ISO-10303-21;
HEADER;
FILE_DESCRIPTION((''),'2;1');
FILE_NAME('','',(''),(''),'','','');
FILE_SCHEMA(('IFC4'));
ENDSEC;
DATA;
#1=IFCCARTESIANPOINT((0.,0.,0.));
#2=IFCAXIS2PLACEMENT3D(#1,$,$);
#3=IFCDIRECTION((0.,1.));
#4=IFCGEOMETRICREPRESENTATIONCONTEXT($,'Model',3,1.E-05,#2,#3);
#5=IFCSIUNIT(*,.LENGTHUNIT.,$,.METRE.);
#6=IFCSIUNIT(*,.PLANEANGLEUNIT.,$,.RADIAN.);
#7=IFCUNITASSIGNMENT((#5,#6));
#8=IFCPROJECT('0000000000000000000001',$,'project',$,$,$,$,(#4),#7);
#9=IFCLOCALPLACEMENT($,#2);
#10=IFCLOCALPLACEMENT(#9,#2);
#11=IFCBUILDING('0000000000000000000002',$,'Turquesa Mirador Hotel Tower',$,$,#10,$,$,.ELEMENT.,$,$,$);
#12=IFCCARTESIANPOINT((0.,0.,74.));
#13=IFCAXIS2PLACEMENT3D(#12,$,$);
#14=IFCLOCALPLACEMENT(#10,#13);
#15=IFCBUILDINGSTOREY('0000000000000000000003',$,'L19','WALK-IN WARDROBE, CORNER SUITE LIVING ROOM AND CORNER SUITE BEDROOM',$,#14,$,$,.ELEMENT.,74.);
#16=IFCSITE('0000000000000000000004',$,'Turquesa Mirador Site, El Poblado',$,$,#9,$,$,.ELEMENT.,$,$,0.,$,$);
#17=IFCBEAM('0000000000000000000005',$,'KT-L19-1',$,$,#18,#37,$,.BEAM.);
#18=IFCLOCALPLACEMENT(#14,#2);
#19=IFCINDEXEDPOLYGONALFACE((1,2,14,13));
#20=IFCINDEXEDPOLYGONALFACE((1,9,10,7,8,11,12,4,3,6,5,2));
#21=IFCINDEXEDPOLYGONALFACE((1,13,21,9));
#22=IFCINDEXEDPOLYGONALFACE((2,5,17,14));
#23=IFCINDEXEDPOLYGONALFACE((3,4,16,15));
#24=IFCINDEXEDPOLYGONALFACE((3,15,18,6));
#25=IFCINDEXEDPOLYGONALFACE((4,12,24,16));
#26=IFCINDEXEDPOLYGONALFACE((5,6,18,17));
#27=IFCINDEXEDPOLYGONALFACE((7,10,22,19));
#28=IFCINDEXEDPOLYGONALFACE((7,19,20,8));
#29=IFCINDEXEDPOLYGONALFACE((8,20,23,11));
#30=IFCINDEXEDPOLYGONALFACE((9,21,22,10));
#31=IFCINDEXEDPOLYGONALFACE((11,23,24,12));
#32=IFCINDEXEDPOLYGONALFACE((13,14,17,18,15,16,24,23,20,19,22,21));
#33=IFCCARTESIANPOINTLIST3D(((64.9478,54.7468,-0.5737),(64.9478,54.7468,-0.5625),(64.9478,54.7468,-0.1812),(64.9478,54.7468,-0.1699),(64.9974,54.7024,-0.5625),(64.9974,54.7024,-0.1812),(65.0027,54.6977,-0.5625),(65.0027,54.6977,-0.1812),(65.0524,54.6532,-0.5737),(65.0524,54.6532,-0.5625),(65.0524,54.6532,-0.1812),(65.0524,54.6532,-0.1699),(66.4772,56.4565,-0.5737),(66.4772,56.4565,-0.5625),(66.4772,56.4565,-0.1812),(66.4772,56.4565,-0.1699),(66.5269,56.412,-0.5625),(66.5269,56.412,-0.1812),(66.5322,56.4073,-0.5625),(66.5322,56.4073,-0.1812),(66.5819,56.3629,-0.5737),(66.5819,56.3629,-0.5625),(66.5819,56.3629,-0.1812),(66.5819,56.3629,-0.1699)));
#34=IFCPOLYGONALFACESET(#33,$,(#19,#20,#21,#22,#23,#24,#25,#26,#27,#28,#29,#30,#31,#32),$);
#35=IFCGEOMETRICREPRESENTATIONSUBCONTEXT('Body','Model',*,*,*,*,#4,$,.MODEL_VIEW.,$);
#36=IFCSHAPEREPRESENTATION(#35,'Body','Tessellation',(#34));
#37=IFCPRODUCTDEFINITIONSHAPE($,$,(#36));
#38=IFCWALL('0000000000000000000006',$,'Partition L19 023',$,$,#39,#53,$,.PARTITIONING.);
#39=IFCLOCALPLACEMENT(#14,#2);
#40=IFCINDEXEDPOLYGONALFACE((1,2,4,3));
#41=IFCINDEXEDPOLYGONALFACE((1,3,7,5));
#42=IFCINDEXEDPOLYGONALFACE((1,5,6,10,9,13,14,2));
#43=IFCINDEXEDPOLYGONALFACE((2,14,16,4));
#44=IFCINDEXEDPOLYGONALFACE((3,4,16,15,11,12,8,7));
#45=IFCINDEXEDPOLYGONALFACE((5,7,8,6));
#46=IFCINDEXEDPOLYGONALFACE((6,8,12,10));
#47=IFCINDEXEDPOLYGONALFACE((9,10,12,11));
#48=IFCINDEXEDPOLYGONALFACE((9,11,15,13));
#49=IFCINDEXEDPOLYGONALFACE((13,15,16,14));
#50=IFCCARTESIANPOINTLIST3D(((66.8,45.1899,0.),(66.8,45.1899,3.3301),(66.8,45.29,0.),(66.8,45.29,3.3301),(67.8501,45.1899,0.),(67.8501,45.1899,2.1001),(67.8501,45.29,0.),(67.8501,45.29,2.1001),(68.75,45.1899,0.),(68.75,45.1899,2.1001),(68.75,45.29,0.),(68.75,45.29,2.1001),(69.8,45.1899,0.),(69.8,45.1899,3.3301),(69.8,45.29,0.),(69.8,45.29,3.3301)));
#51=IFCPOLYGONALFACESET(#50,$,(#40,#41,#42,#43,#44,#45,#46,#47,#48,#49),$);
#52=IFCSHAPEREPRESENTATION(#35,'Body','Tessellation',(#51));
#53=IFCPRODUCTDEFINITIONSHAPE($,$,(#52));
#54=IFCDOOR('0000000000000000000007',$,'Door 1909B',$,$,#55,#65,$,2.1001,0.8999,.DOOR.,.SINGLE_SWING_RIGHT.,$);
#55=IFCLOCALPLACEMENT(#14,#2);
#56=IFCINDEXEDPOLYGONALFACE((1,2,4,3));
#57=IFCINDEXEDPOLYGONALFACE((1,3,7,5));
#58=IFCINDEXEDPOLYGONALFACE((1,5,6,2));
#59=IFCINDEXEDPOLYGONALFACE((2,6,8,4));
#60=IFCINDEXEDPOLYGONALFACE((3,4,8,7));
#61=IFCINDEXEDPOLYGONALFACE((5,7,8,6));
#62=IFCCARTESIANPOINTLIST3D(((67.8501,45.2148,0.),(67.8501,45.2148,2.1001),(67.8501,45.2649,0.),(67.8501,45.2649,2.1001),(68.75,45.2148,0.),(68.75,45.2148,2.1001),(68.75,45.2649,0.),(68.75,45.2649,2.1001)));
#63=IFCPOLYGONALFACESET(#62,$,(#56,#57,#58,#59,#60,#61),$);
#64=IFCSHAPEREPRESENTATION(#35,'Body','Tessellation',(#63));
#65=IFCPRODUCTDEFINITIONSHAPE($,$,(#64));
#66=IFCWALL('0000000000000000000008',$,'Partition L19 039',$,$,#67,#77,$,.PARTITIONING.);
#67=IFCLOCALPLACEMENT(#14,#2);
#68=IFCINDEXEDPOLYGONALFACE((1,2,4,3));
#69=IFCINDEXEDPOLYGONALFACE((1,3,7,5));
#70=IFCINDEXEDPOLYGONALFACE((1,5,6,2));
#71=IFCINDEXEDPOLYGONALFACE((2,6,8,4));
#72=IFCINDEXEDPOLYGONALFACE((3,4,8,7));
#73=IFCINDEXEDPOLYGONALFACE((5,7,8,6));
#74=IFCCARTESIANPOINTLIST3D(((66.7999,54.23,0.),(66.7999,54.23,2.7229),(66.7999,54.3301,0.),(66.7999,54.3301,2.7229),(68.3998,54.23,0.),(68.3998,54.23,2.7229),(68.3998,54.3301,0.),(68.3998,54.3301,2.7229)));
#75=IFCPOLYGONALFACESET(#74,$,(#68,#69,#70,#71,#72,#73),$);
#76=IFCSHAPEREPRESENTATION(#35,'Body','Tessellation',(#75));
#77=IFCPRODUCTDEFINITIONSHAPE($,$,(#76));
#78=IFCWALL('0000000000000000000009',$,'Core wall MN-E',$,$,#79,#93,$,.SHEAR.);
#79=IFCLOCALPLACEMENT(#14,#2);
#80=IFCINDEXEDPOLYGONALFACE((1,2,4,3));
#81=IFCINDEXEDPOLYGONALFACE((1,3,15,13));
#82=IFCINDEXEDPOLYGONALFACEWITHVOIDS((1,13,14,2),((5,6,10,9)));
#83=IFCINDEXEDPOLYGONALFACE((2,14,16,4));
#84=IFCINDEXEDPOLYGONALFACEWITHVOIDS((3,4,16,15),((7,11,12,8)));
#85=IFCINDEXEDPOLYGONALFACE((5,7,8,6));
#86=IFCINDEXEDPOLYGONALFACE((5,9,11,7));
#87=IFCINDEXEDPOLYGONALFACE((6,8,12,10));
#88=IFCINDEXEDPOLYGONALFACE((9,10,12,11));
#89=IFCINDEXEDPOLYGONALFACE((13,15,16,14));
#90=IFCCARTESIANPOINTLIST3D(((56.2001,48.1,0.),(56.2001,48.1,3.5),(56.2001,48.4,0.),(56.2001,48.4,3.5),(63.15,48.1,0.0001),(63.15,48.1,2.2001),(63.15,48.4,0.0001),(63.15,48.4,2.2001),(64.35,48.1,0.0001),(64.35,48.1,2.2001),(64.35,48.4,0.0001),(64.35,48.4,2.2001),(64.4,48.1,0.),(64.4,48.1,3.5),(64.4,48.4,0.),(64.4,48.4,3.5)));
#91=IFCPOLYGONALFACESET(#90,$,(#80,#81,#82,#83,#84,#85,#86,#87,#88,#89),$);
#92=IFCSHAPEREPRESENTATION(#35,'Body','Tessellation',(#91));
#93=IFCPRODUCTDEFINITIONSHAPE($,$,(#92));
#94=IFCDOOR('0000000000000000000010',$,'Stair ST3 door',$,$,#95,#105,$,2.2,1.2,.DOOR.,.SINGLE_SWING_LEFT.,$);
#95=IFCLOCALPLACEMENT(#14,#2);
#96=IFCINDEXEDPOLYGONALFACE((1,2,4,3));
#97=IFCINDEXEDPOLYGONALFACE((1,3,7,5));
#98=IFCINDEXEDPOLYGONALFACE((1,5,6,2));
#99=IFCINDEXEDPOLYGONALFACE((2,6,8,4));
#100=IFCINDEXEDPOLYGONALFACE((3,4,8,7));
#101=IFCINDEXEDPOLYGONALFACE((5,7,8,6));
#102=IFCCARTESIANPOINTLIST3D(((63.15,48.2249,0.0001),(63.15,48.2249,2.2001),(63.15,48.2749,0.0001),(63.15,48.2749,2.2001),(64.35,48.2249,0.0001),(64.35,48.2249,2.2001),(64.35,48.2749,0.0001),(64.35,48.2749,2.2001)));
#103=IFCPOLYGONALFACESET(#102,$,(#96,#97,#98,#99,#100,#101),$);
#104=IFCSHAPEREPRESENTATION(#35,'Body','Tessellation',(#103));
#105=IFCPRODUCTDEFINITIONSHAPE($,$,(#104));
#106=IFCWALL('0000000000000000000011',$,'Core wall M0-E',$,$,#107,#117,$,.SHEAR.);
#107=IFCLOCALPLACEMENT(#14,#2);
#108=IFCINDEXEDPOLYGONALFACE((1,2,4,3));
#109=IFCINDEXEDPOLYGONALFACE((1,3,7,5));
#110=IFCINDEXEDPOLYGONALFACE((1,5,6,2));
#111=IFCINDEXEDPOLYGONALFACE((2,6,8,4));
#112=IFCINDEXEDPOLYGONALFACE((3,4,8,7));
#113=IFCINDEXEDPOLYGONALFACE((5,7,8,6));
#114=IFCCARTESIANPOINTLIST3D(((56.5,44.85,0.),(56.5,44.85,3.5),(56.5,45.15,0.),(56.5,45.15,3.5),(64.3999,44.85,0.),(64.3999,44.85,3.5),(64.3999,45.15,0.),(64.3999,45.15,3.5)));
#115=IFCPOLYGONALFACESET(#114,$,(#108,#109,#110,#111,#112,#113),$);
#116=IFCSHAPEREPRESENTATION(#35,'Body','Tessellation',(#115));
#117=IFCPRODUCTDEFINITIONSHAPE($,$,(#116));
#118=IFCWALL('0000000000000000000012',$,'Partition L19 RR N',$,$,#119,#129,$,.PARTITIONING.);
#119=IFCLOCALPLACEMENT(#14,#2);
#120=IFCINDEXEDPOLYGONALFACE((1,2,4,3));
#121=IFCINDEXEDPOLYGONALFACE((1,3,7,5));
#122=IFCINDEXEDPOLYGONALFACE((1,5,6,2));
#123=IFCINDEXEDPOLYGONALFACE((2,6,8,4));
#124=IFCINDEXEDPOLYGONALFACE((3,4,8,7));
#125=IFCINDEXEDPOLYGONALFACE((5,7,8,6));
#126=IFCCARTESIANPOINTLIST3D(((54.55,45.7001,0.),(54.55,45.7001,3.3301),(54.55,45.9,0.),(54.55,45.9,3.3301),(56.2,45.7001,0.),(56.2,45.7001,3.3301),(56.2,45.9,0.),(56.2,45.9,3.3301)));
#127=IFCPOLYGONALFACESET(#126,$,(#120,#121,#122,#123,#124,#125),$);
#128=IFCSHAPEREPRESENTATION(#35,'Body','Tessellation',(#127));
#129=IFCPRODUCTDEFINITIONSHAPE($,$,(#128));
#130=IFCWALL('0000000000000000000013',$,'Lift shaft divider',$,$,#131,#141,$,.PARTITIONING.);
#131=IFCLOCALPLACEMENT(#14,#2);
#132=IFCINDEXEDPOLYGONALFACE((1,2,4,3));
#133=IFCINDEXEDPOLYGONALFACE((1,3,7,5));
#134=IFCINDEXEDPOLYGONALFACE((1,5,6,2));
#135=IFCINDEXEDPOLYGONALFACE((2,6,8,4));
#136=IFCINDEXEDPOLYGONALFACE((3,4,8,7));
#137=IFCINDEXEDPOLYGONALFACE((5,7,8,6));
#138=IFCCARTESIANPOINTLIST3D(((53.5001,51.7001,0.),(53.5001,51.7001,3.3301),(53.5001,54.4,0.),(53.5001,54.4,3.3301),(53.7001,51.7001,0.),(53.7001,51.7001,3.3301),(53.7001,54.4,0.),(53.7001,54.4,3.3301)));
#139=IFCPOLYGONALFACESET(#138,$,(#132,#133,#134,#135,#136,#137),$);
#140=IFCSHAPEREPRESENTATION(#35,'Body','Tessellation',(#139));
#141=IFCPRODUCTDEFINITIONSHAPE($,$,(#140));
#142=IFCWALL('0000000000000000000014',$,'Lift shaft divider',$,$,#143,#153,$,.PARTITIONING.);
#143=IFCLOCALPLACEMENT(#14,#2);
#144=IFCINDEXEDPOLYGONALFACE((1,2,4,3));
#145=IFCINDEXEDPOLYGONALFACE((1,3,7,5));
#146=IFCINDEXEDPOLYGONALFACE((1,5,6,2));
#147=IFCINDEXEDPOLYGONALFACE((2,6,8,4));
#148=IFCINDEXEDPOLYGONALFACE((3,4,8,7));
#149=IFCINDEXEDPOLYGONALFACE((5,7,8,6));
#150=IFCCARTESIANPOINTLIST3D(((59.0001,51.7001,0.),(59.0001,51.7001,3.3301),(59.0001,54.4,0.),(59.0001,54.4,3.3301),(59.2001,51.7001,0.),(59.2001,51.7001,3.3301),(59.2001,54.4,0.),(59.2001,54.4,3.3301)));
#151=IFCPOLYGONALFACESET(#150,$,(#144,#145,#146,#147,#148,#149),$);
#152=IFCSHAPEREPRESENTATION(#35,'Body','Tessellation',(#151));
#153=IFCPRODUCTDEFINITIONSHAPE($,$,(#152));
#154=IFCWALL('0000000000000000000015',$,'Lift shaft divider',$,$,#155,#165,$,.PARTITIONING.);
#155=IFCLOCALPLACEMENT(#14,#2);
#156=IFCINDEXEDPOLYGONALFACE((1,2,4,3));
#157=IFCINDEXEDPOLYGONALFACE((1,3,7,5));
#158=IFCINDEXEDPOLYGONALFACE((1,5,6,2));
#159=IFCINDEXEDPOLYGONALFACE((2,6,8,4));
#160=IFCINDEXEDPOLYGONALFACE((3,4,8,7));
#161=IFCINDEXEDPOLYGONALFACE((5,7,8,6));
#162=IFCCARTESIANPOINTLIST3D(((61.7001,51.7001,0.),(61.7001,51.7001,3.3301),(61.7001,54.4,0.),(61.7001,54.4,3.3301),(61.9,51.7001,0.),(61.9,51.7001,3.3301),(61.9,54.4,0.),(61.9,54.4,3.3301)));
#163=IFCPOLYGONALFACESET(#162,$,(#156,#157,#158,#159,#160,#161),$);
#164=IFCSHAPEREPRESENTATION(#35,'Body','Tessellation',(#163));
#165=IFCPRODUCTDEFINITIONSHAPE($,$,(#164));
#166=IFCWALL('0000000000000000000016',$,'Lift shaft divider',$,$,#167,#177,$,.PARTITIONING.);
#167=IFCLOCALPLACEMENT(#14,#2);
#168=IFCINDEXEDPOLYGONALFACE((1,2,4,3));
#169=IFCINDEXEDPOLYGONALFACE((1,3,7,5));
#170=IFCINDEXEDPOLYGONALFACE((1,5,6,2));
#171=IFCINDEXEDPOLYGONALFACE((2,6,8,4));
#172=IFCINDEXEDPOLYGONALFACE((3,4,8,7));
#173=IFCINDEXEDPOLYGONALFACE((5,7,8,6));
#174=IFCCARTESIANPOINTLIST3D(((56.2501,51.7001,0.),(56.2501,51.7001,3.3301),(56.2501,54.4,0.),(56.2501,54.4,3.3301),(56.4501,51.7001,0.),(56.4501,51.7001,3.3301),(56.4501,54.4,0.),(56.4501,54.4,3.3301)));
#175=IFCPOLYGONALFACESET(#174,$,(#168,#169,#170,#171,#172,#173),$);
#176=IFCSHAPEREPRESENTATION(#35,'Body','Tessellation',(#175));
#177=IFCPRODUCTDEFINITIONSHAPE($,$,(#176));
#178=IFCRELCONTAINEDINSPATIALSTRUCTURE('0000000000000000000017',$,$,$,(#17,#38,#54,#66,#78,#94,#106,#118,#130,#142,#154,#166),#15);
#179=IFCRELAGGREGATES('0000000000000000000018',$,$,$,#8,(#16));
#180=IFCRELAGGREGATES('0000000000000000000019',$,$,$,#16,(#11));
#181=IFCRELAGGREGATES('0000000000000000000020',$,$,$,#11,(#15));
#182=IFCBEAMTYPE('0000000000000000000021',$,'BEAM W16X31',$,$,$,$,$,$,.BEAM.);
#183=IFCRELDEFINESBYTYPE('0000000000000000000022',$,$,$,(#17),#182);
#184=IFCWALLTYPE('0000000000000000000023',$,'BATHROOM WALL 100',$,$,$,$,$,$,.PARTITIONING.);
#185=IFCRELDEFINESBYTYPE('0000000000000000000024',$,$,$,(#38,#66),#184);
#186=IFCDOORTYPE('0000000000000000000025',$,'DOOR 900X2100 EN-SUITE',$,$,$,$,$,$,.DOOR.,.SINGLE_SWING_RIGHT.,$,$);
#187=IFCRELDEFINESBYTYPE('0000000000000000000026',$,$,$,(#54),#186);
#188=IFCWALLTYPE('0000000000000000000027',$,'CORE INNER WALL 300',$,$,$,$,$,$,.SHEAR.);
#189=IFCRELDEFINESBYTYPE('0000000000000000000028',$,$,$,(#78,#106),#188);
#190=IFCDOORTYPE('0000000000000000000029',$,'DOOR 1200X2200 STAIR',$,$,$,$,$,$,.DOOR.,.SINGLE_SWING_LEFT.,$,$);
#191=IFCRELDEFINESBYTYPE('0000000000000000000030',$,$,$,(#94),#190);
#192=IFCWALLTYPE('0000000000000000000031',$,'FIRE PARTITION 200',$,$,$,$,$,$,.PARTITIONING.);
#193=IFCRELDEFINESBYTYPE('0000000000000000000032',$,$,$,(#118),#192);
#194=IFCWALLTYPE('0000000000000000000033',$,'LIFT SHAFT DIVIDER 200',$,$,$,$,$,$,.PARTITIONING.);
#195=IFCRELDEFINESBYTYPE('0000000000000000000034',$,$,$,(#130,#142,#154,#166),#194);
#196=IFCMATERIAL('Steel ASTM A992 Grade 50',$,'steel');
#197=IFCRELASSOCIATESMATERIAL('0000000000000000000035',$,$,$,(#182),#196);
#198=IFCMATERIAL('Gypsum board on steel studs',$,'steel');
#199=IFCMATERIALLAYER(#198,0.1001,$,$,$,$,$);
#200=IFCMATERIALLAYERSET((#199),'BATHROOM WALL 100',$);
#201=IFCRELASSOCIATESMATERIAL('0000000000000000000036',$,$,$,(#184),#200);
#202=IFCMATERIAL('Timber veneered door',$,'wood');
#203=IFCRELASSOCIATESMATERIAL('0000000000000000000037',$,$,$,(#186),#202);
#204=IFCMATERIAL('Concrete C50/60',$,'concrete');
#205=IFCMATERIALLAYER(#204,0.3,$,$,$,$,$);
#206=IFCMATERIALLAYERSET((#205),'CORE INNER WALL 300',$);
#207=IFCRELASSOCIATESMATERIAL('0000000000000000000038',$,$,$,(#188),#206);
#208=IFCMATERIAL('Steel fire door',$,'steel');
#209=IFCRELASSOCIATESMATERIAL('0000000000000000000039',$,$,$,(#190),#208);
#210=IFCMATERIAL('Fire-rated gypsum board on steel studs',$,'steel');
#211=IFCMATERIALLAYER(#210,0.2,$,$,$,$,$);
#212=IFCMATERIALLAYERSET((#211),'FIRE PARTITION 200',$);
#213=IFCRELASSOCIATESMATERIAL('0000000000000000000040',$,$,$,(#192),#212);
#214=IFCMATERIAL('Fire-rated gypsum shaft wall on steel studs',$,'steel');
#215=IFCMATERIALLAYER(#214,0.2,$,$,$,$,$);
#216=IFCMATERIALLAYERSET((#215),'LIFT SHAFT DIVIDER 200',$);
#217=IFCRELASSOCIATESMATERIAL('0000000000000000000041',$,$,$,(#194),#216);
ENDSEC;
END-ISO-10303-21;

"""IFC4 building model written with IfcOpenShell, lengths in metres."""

from ifc_helpers import new_model, si_unit, direction, frame, frame_2d, origin, origin_2d, place, context, subcontext, project, spatial, rectangle, i_section, extrude, material, layer, layer_set, material_profile, profile_set, type_object, element, fill, save


model = new_model("IFC4")

# Units and contexts
model_context = context("Model", 3, precision=1e-05, world=origin(), true_north=direction((0.0, 1.0)))
body_context = subcontext(model_context, "Body", "Model", "MODEL_VIEW")
ifc_project = project(units=[si_unit("LENGTHUNIT", "METRE"), si_unit("PLANEANGLEUNIT", "RADIAN")], contexts=[model_context])

# Site, building, storey
site_placement = place(None, origin())
site = spatial("IfcSite", under=ifc_project, at=site_placement, Name="Turquesa Mirador Site, El Poblado", CompositionType="ELEMENT", RefElevation=0.0)
building_placement = place(site_placement, origin())
building = spatial("IfcBuilding", under=site, at=building_placement, Name="Turquesa Mirador Hotel Tower", CompositionType="ELEMENT")
storey_placement = place(building_placement, frame((0.0, 0.0, 74.0)))
storey = spatial("IfcBuildingStorey", under=building, at=storey_placement, Name="L19", Description="WALK-IN WARDROBE, CORNER SUITE LIVING ROOM AND CORNER SUITE BEDROOM", CompositionType="ELEMENT", Elevation=74.0)

# Beam
ifc_material_1 = material(Name="Steel ASTM A992 Grade 50", Category="steel")
ifc_material_profile = material_profile(ifc_material_1, i_section(OverallWidth=0.1404, OverallDepth=0.4038, WebThickness=0.0071, FlangeThickness=0.0112, at=origin_2d()), Name="W16X31")
ifc_profile_set = profile_set([ifc_material_profile], Name="Steel ASTM A992 Grade 50")
beam_type = type_object("IfcBeamType", Name="BEAM W16X31", PredefinedType="BEAM", material=ifc_profile_set)
beam_placement = place(storey_placement, frame((66.5295, 56.4097, -0.3718), z_axis=(-0.666745, -0.745286, 0.0), x_axis=(0.745286, -0.666745, 0.0)))
element("IfcBeam", 1, at=beam_placement, inside=storey, type_object=beam_type, Name="KT-L19-1", PredefinedType="BEAM", context=body_context, shape_type="SweptSolid", body=[
    extrude(i_section(OverallWidth=0.1404, OverallDepth=0.4038, WebThickness=0.0071, FlangeThickness=0.0112, at=origin_2d()), origin(), (0.0, 0.0, 1.0), 2.2939),
])

# Wall, opening, door
ifc_material_2 = material(Name="Gypsum board on steel studs", Category="steel")
ifc_layer_1 = layer(ifc_material_2, 0.1001)
ifc_layer_set_1 = layer_set([ifc_layer_1], Name="BATHROOM WALL 100")
wall_type_1 = type_object("IfcWallType", Name="BATHROOM WALL 100", PredefinedType="PARTITIONING", material=ifc_layer_set_1)
wall_1_placement = place(storey_placement, frame((66.8, 45.24, 0.0), z_axis=(0.0, 0.0, 1.0), x_axis=(1.0, 0.0, 0.0)))
wall_1 = element("IfcWall", 2, at=wall_1_placement, inside=storey, type_object=wall_type_1, Name="Partition L19 023", PredefinedType="PARTITIONING", context=body_context, shape_type="SweptSolid", body=[
    extrude(rectangle(XDim=3.0, YDim=0.1001, at=frame_2d((1.5, 0.0))), origin(), (0.0, 0.0, 1.0), 3.3301),
])
opening_1_placement = place(wall_1_placement, frame((1.05, 0.0, 0.0)))
opening_1 = element("IfcOpeningElement", 3, at=opening_1_placement, cuts=wall_1, PredefinedType="OPENING", context=body_context, shape_type="SweptSolid", body=[
    extrude(rectangle(XDim=0.8999, YDim=2.1001, at=frame_2d((0.45, 1.05))), frame((0.0, 0.0601, 0.0), z_axis=(0.0, -1.0, 0.0), x_axis=(1.0, 0.0, 0.0)), (0.0, 0.0, 1.0), 0.1201),
])
ifc_material_3 = material(Name="Timber veneered door", Category="wood")
door_type_1 = type_object("IfcDoorType", Name="DOOR 900X2100 EN-SUITE", OperationType="SINGLE_SWING_RIGHT", PredefinedType="DOOR", material=ifc_material_3)
door_1_placement = place(opening_1_placement, origin())
door_1 = element("IfcDoor", 4, at=door_1_placement, inside=storey, type_object=door_type_1, Name="Door 1909B", OperationType="SINGLE_SWING_RIGHT", OverallHeight=2.1001, OverallWidth=0.8999, PredefinedType="DOOR", context=body_context, shape_type="SweptSolid", body=[
    extrude(rectangle(XDim=0.8999, YDim=2.1001, at=frame_2d((0.45, 1.05))), frame((0.0, 0.0249, 0.0), z_axis=(0.0, -1.0, 0.0), x_axis=(1.0, 0.0, 0.0)), (0.0, 0.0, 1.0), 0.05),
])
fill(opening_1, door_1)

# Wall
wall_2_placement = place(storey_placement, frame((66.8, 54.28, 0.0), z_axis=(0.0, 0.0, 1.0), x_axis=(1.0, 0.0, 0.0)))
element("IfcWall", 5, at=wall_2_placement, inside=storey, type_object=wall_type_1, Name="Partition L19 039", PredefinedType="PARTITIONING", context=body_context, shape_type="SweptSolid", body=[
    extrude(rectangle(XDim=1.5999, YDim=0.1001, at=frame_2d((0.7998, 0.0))), origin(), (0.0, 0.0, 1.0), 2.7229),
])

# Wall, opening, door
ifc_material_4 = material(Name="Concrete C50/60", Category="concrete")
ifc_layer_2 = layer(ifc_material_4, 0.3)
ifc_layer_set_2 = layer_set([ifc_layer_2], Name="CORE INNER WALL 300")
wall_type_2 = type_object("IfcWallType", Name="CORE INNER WALL 300", PredefinedType="SHEAR", material=ifc_layer_set_2)
wall_3_placement = place(storey_placement, frame((56.2, 48.25, 0.0), z_axis=(0.0, 0.0, 1.0), x_axis=(1.0, 0.0, 0.0)))
wall_3 = element("IfcWall", 6, at=wall_3_placement, inside=storey, type_object=wall_type_2, Name="Core wall MN-E", PredefinedType="SHEAR", context=body_context, shape_type="SweptSolid", body=[
    extrude(rectangle(XDim=8.2, YDim=0.3, at=frame_2d((4.1001, 0.0))), origin(), (0.0, 0.0, 1.0), 3.5),
])
opening_2_placement = place(wall_3_placement, frame((6.95, 0.0, 0.0)))
opening_2 = element("IfcOpeningElement", 7, at=opening_2_placement, cuts=wall_3, PredefinedType="OPENING", context=body_context, shape_type="SweptSolid", body=[
    extrude(rectangle(XDim=1.2, YDim=2.2, at=frame_2d((0.6001, 1.1001))), frame((0.0, 0.1599, 0.0), z_axis=(0.0, -1.0, 0.0), x_axis=(1.0, 0.0, 0.0)), (0.0, 0.0, 1.0), 0.3201),
])
ifc_material_5 = material(Name="Steel fire door", Category="steel")
door_type_2 = type_object("IfcDoorType", Name="DOOR 1200X2200 STAIR", OperationType="SINGLE_SWING_LEFT", PredefinedType="DOOR", material=ifc_material_5)
door_2_placement = place(opening_2_placement, origin())
door_2 = element("IfcDoor", 8, at=door_2_placement, inside=storey, type_object=door_type_2, Name="Stair ST3 door", OperationType="SINGLE_SWING_LEFT", OverallHeight=2.2, OverallWidth=1.2, PredefinedType="DOOR", context=body_context, shape_type="SweptSolid", body=[
    extrude(rectangle(XDim=1.2, YDim=2.2, at=frame_2d((0.6001, 1.1001))), frame((0.0, 0.0249, 0.0), z_axis=(0.0, -1.0, 0.0), x_axis=(1.0, 0.0, 0.0)), (0.0, 0.0, 1.0), 0.05),
])
fill(opening_2, door_2)

# Walls
wall_4_placement = place(storey_placement, frame((56.5, 45.0, 0.0), z_axis=(0.0, 0.0, 1.0), x_axis=(1.0, 0.0, 0.0)))
element("IfcWall", 9, at=wall_4_placement, inside=storey, type_object=wall_type_2, Name="Core wall M0-E", PredefinedType="SHEAR", context=body_context, shape_type="SweptSolid", body=[
    extrude(rectangle(XDim=7.8999, YDim=0.3, at=frame_2d((3.95, 0.0))), origin(), (0.0, 0.0, 1.0), 3.5),
])
ifc_material_6 = material(Name="Fire-rated gypsum board on steel studs", Category="steel")
ifc_layer_3 = layer(ifc_material_6, 0.2)
ifc_layer_set_3 = layer_set([ifc_layer_3], Name="FIRE PARTITION 200")
wall_type_3 = type_object("IfcWallType", Name="FIRE PARTITION 200", PredefinedType="PARTITIONING", material=ifc_layer_set_3)
wall_5_placement = place(storey_placement, frame((54.55, 45.8, 0.0), z_axis=(0.0, 0.0, 1.0), x_axis=(1.0, 0.0, 0.0)))
element("IfcWall", 10, at=wall_5_placement, inside=storey, type_object=wall_type_3, Name="Partition L19 RR N", PredefinedType="PARTITIONING", context=body_context, shape_type="SweptSolid", body=[
    extrude(rectangle(XDim=1.6499, YDim=0.2, at=frame_2d((0.825, 0.0))), origin(), (0.0, 0.0, 1.0), 3.3301),
])
ifc_material_7 = material(Name="Fire-rated gypsum shaft wall on steel studs", Category="steel")
ifc_layer_4 = layer(ifc_material_7, 0.2)
ifc_layer_set_4 = layer_set([ifc_layer_4], Name="LIFT SHAFT DIVIDER 200")
wall_type_4 = type_object("IfcWallType", Name="LIFT SHAFT DIVIDER 200", PredefinedType="PARTITIONING", material=ifc_layer_set_4)
for number, where, z_axis, x_axis, name in (
    (11, (53.6001, 51.7, 0.0), (0.0, 0.0, 1.0), (0.0, 1.0, 0.0), "Lift shaft divider"),
    (12, (59.1001, 51.7, 0.0), (0.0, 0.0, 1.0), (0.0, 1.0, 0.0), "Lift shaft divider"),
    (13, (61.8, 51.7, 0.0), (0.0, 0.0, 1.0), (0.0, 1.0, 0.0), "Lift shaft divider"),
    (14, (56.3501, 51.7, 0.0), (0.0, 0.0, 1.0), (0.0, 1.0, 0.0), "Lift shaft divider"),
):
    element("IfcWall", number, at=place(storey_placement, frame(where, z_axis=z_axis, x_axis=x_axis)), inside=storey, type_object=wall_type_4, Name=name, PredefinedType="PARTITIONING", context=body_context, shape_type="SweptSolid", body=[
        extrude(rectangle(XDim=2.7, YDim=0.2, at=frame_2d((1.3501, 0.0))), origin(), (0.0, 0.0, 1.0), 3.3301),
    ])

save(model, "model.ifc")
